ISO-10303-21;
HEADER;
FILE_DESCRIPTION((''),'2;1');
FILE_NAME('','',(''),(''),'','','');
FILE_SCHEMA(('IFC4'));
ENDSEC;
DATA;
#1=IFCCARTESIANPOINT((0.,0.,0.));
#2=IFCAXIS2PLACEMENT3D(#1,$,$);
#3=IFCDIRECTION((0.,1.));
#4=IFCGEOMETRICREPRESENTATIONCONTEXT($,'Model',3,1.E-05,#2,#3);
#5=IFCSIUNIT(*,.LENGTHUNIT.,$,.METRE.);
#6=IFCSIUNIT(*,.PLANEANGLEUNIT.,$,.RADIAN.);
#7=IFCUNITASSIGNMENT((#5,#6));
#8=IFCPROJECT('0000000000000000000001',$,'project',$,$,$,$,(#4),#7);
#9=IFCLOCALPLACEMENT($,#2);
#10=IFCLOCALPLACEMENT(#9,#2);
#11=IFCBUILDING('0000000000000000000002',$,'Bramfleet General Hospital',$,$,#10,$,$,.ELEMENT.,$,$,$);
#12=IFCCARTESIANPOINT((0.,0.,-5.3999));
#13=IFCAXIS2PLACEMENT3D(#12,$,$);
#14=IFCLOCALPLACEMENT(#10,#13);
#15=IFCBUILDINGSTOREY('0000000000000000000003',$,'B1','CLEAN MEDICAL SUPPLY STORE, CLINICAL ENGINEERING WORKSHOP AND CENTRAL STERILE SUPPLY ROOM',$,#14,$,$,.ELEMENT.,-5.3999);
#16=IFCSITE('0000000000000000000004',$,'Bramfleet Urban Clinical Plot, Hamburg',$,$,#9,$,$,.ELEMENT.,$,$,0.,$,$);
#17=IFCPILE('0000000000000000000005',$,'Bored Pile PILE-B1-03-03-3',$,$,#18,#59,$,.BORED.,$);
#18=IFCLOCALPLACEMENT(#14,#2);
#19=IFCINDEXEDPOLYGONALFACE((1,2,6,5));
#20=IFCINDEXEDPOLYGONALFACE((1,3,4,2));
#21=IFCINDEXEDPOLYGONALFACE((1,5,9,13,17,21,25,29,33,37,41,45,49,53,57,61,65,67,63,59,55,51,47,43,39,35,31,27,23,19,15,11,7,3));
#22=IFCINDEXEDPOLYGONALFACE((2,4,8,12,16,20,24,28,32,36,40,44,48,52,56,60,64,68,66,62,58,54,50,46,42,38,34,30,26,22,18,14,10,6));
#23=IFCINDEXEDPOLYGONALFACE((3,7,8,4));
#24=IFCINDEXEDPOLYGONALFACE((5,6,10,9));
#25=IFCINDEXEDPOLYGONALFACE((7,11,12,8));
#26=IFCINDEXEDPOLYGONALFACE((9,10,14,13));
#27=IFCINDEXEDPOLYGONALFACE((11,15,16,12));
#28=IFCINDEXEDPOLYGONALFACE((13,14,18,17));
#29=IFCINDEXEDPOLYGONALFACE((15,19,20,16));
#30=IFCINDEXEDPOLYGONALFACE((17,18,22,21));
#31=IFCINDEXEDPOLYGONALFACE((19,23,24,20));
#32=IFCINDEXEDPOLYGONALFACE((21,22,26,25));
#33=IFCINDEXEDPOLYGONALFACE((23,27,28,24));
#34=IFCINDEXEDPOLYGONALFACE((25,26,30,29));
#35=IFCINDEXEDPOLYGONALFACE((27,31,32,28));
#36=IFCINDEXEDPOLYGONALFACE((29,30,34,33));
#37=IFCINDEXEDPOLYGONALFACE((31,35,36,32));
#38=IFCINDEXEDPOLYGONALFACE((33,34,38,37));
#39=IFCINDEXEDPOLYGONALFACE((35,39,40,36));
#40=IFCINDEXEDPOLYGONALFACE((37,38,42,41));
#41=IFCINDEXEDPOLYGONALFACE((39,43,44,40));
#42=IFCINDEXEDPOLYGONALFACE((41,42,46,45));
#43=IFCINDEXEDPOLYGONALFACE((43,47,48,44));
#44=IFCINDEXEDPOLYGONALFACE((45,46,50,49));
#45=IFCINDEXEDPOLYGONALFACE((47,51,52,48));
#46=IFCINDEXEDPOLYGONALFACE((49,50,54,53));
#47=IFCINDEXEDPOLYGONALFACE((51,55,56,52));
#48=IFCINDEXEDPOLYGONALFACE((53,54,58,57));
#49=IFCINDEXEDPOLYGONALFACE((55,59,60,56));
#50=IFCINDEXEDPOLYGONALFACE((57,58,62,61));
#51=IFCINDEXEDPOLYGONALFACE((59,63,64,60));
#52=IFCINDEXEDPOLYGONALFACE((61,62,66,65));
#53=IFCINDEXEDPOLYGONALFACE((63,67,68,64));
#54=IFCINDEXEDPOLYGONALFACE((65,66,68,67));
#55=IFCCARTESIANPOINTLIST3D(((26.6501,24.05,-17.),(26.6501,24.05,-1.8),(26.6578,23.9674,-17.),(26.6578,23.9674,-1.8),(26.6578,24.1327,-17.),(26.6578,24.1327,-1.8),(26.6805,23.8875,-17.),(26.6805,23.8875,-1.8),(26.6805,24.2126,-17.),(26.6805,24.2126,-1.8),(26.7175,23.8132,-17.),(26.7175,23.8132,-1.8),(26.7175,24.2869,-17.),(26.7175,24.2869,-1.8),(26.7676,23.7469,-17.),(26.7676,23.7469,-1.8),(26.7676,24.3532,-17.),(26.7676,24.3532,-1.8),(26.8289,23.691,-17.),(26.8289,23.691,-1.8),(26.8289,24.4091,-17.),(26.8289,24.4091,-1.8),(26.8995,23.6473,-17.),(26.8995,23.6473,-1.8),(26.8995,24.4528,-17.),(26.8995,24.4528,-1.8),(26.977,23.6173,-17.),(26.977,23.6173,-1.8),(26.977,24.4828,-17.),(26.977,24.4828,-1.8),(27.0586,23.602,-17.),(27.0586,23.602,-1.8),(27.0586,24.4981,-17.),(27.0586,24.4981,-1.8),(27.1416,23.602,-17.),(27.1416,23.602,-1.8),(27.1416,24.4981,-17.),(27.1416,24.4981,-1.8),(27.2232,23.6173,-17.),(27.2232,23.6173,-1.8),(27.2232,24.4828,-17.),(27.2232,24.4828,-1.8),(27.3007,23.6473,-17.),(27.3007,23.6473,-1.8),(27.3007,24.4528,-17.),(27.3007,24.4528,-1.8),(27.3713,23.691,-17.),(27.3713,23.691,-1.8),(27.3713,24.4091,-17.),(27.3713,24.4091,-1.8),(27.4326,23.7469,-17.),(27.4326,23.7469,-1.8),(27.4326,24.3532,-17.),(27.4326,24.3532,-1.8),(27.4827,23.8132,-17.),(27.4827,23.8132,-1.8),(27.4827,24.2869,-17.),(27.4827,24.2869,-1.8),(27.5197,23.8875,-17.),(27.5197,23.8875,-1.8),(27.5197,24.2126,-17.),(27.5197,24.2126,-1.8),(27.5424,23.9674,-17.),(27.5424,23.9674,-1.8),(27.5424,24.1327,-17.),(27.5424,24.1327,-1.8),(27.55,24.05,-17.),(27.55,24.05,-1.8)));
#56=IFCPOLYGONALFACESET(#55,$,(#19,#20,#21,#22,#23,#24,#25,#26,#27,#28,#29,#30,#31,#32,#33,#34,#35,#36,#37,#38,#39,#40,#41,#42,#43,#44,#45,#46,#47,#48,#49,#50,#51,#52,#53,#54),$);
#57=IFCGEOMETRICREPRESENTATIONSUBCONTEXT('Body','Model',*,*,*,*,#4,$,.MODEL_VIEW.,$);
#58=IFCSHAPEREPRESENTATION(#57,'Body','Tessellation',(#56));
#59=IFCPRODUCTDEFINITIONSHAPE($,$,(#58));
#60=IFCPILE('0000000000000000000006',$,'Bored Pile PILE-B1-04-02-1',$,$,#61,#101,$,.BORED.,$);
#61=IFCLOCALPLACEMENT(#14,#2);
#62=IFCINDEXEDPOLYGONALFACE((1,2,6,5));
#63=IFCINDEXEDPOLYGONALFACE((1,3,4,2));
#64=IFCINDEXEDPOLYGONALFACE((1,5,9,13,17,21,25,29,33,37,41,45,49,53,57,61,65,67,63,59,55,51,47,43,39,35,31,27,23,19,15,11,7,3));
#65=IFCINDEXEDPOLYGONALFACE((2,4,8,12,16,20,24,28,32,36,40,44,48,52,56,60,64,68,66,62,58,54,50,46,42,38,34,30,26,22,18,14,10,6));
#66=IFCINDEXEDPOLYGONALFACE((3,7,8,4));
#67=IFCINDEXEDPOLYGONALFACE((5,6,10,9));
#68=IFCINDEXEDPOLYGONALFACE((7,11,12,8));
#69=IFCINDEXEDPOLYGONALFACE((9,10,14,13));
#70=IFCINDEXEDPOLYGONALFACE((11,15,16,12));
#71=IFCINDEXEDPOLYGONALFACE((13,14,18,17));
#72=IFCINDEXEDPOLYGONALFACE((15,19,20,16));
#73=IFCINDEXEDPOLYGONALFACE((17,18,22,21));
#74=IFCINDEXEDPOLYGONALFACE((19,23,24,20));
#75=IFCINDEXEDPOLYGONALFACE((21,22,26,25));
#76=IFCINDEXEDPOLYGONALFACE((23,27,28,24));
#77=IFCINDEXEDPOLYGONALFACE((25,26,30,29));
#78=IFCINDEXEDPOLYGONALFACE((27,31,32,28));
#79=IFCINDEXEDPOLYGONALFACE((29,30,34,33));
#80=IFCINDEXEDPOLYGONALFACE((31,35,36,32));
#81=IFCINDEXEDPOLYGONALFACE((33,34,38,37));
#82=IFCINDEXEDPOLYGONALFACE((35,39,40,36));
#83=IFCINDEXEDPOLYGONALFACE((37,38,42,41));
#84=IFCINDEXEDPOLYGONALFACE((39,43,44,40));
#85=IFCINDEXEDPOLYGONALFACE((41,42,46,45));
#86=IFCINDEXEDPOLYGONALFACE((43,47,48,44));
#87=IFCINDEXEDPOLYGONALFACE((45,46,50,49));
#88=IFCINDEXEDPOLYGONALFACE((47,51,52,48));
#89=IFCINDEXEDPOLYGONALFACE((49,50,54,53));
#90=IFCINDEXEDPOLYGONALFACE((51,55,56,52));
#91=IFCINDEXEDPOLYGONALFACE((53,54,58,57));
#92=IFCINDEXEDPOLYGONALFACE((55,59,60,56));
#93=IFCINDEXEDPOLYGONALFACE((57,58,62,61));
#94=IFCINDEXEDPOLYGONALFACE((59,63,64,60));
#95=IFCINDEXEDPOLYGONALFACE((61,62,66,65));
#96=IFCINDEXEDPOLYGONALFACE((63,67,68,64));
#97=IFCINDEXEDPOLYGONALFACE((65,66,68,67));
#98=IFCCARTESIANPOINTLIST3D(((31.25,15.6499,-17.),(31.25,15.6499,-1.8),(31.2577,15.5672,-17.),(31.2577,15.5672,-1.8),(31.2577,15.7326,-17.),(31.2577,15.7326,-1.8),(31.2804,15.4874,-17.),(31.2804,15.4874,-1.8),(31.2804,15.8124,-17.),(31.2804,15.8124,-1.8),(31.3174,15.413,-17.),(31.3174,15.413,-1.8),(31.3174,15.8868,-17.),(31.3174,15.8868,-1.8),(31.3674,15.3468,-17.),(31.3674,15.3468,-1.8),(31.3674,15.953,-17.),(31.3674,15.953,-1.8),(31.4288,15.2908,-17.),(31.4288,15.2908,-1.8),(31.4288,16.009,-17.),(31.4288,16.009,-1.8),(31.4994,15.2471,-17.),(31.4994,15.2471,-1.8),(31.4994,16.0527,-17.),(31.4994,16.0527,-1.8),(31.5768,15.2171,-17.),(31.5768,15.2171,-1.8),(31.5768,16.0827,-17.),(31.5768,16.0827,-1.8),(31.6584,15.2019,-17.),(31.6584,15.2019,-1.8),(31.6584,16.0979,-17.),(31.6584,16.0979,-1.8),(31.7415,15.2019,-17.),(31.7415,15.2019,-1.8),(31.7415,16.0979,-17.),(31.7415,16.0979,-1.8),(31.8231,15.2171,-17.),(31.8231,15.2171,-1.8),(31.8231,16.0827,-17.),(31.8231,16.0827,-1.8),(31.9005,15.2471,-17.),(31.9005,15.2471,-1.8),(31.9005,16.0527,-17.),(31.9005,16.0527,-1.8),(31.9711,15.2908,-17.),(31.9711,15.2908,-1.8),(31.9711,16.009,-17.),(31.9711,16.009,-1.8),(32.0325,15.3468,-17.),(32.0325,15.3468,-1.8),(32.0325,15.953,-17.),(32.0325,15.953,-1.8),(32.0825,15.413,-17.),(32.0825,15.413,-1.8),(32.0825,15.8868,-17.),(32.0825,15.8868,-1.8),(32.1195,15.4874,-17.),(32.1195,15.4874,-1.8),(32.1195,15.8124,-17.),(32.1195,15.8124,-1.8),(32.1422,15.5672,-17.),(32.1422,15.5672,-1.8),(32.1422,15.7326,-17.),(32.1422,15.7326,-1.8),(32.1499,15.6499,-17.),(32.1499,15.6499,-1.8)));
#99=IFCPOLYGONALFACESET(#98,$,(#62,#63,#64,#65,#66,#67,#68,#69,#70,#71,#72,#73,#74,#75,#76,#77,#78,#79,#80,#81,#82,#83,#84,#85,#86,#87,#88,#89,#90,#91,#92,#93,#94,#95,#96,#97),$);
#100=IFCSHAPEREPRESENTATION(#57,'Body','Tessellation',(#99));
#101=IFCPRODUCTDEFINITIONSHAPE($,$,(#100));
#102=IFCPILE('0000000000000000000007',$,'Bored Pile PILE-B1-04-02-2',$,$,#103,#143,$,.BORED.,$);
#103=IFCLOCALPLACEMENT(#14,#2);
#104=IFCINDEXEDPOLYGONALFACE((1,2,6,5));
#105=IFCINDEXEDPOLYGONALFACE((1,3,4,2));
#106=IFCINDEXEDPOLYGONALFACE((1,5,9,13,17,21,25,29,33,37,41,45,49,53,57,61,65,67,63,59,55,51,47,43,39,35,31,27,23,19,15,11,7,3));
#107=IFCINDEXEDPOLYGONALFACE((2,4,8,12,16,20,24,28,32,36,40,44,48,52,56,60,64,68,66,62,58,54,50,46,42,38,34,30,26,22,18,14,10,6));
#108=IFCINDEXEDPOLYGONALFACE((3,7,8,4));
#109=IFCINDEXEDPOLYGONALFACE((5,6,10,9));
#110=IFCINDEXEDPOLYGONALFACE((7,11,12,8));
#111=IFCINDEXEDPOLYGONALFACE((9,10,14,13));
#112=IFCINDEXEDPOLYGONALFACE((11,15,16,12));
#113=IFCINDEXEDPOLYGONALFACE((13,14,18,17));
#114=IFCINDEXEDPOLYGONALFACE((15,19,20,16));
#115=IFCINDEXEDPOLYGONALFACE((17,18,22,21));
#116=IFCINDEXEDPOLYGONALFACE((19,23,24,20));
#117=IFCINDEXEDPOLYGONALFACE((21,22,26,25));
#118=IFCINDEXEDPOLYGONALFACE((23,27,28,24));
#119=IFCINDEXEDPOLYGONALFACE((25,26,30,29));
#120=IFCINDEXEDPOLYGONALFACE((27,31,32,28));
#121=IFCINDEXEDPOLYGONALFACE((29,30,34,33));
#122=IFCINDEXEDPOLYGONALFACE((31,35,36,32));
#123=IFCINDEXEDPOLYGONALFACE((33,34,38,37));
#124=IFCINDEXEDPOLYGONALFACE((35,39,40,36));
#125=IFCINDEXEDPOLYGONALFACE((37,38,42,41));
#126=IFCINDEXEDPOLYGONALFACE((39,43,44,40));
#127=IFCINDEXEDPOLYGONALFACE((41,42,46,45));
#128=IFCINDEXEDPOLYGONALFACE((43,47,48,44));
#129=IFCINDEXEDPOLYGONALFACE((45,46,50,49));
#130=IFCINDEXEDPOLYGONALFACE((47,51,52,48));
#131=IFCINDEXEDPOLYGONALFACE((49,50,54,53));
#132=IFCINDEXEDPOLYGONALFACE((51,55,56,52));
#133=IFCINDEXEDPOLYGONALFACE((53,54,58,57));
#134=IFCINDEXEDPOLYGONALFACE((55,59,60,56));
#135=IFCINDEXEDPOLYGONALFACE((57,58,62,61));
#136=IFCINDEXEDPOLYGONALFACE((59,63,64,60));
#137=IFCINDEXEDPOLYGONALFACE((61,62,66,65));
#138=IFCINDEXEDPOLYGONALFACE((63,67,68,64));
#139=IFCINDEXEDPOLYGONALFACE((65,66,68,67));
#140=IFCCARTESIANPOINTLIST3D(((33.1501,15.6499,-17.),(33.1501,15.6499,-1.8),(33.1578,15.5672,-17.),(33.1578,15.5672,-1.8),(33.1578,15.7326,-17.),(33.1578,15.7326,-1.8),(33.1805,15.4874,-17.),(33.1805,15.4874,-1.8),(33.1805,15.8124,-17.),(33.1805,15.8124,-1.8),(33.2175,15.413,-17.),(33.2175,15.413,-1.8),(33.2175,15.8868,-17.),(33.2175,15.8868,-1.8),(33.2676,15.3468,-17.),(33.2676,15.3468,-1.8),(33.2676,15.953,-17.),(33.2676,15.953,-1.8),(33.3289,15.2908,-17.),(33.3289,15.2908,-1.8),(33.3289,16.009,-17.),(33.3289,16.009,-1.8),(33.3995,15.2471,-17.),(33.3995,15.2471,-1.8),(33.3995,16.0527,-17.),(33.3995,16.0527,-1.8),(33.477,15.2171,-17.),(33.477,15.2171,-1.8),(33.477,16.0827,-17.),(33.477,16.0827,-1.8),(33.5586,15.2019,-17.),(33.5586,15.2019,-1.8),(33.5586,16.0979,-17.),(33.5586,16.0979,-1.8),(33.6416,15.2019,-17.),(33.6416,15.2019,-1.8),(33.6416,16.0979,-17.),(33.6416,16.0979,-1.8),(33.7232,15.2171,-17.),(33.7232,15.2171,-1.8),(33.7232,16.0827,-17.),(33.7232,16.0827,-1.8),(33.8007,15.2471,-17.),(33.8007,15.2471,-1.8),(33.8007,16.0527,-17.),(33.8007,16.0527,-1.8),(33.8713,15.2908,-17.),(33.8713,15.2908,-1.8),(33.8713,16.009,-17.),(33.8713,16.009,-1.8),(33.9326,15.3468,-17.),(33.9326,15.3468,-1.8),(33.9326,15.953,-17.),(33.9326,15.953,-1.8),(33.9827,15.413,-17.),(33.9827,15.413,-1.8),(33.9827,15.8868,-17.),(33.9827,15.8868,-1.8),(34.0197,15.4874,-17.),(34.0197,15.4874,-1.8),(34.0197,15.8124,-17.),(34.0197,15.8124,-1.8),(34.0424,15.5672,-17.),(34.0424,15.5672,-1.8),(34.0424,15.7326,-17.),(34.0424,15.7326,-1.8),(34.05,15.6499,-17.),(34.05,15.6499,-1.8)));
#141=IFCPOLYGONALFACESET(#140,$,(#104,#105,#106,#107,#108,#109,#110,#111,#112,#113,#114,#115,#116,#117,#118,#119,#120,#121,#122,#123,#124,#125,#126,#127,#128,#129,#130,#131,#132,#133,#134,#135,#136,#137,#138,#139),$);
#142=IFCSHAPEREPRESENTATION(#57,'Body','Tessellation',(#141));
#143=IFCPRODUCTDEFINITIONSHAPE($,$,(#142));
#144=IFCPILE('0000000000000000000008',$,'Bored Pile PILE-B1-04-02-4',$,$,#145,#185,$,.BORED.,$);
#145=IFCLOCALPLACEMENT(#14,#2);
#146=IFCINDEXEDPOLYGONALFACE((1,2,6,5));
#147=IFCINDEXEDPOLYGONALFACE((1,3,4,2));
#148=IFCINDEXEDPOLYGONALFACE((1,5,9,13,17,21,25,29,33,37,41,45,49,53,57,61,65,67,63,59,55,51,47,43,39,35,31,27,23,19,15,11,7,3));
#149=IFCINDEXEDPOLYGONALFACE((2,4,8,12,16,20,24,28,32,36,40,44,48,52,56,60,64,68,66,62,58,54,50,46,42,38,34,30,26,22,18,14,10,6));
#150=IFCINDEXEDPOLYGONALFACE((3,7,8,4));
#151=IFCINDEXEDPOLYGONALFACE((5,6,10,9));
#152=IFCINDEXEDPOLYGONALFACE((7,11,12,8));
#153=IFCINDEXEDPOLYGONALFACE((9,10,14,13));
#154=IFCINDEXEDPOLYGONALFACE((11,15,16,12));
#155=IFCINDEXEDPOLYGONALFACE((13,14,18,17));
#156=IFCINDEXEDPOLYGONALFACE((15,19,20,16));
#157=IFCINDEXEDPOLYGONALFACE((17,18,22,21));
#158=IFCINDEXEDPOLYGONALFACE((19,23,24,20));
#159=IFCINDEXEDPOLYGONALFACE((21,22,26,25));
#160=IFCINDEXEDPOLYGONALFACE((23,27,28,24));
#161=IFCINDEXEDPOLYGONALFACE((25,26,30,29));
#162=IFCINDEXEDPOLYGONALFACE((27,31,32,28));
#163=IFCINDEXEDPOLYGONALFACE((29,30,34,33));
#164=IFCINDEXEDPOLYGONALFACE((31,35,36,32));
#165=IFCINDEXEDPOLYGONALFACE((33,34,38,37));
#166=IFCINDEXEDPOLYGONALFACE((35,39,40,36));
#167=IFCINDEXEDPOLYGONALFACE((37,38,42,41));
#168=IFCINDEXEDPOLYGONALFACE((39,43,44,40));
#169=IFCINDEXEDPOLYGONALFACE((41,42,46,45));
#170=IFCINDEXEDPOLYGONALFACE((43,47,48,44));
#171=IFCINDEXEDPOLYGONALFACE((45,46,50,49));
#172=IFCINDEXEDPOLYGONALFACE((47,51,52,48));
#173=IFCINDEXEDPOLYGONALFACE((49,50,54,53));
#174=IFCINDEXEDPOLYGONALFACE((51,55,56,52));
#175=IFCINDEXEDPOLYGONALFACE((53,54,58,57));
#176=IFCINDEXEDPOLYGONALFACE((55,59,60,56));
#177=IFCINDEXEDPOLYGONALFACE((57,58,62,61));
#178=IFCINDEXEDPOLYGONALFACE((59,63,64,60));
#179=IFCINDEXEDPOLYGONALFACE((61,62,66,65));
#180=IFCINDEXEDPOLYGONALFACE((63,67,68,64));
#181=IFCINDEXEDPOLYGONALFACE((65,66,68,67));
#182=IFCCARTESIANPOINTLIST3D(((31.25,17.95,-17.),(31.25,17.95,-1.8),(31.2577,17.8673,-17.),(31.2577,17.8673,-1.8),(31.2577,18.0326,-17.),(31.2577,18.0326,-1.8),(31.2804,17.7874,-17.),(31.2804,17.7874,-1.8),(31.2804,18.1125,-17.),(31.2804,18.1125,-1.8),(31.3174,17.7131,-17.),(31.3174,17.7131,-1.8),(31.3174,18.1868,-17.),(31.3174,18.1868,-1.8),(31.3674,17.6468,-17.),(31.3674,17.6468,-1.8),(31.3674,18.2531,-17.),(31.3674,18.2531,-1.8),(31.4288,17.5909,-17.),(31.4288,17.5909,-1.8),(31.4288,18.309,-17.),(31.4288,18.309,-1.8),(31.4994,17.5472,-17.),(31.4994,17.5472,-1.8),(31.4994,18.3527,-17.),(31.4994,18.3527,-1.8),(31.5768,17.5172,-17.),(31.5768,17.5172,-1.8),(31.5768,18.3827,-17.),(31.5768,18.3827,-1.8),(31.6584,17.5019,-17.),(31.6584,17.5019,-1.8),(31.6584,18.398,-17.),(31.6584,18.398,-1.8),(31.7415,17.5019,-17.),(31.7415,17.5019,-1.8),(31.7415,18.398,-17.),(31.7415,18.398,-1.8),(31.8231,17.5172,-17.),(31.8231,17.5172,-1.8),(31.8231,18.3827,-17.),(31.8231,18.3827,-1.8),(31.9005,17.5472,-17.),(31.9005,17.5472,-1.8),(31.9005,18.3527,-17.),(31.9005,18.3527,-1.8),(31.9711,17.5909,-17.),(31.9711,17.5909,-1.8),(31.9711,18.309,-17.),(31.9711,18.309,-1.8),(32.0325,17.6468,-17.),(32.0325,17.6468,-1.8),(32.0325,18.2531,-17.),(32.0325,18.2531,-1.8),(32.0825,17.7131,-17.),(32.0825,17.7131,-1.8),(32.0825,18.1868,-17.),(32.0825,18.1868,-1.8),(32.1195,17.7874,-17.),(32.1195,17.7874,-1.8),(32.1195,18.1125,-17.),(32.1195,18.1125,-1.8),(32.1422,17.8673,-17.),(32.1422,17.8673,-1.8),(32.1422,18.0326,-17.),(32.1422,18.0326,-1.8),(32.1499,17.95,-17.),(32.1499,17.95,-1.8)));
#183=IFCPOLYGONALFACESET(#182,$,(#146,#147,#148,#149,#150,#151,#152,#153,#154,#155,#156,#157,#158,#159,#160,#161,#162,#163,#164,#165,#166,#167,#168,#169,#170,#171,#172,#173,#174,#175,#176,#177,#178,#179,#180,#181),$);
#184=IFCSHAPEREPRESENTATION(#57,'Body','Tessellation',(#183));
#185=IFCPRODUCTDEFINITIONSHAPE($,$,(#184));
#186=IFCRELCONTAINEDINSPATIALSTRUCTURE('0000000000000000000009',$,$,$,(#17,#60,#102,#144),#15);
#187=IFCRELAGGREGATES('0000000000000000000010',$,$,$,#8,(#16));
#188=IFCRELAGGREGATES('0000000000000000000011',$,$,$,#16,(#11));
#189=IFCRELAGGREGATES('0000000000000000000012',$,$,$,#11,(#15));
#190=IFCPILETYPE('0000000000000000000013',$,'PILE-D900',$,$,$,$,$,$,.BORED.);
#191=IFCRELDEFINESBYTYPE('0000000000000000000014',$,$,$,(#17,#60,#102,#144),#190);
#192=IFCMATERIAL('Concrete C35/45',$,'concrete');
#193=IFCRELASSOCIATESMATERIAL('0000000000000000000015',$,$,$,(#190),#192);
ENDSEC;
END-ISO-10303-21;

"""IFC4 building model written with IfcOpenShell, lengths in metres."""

from ifc_helpers import new_model, si_unit, direction, frame, origin, origin_2d, place, context, subcontext, project, spatial, circle, extrude, material, material_profile, profile_set, type_object, element, save


model = new_model("IFC4")

# Units and contexts
model_context = context("Model", 3, precision=1e-05, world=origin(), true_north=direction((0.0, 1.0)))
body_context = subcontext(model_context, "Body", "Model", "MODEL_VIEW")
ifc_project = project(units=[si_unit("LENGTHUNIT", "METRE"), si_unit("PLANEANGLEUNIT", "RADIAN")], contexts=[model_context])

# Site, building, storey
site_placement = place(None, origin())
site = spatial("IfcSite", under=ifc_project, at=site_placement, Name="Bramfleet Urban Clinical Plot, Hamburg", CompositionType="ELEMENT", RefElevation=0.0)
building_placement = place(site_placement, origin())
building = spatial("IfcBuilding", under=site, at=building_placement, Name="Bramfleet General Hospital", CompositionType="ELEMENT")
storey_placement = place(building_placement, frame((0.0, 0.0, -5.3999)))
storey = spatial("IfcBuildingStorey", under=building, at=storey_placement, Name="B1", Description="CLEAN MEDICAL SUPPLY STORE, CLINICAL ENGINEERING WORKSHOP AND CENTRAL STERILE SUPPLY ROOM", CompositionType="ELEMENT", Elevation=-5.3999)

# Shared definitions
ifc_material_1 = material(Name="Concrete C35/45", Category="concrete")

# Piles
ifc_material_profile_1 = material_profile(ifc_material_1, circle(Radius=0.45, at=origin_2d()), Name="PILE BORED D900")
ifc_profile_set_1 = profile_set([ifc_material_profile_1], Name="Concrete C35/45")
pile_type = type_object("IfcPileType", Name="PILE-D900", PredefinedType="BORED", material=ifc_profile_set_1)
for number, where, z_axis, x_axis, name in (
    (1, (27.1001, 24.05, -1.8), (0.0, 0.0, -1.0), (1.0, 0.0, 0.0), "Bored Pile PILE-B1-03-03-3"),
    (2, (31.7, 15.6499, -1.8), (0.0, 0.0, -1.0), (1.0, 0.0, 0.0), "Bored Pile PILE-B1-04-02-1"),
    (3, (33.6001, 15.6499, -1.8), (0.0, 0.0, -1.0), (1.0, 0.0, 0.0), "Bored Pile PILE-B1-04-02-2"),
    (4, (31.7, 17.95, -1.8), (0.0, 0.0, -1.0), (1.0, 0.0, 0.0), "Bored Pile PILE-B1-04-02-4"),
):
    element("IfcPile", number, at=place(storey_placement, frame(where, z_axis=z_axis, x_axis=x_axis)), inside=storey, type_object=pile_type, Name=name, PredefinedType="BORED", context=body_context, shape_type="SweptSolid", body=[
        extrude(circle(Radius=0.45, at=origin_2d()), origin(), (0.0, 0.0, 1.0), 15.2),
    ])

save(model, "model.ifc")
